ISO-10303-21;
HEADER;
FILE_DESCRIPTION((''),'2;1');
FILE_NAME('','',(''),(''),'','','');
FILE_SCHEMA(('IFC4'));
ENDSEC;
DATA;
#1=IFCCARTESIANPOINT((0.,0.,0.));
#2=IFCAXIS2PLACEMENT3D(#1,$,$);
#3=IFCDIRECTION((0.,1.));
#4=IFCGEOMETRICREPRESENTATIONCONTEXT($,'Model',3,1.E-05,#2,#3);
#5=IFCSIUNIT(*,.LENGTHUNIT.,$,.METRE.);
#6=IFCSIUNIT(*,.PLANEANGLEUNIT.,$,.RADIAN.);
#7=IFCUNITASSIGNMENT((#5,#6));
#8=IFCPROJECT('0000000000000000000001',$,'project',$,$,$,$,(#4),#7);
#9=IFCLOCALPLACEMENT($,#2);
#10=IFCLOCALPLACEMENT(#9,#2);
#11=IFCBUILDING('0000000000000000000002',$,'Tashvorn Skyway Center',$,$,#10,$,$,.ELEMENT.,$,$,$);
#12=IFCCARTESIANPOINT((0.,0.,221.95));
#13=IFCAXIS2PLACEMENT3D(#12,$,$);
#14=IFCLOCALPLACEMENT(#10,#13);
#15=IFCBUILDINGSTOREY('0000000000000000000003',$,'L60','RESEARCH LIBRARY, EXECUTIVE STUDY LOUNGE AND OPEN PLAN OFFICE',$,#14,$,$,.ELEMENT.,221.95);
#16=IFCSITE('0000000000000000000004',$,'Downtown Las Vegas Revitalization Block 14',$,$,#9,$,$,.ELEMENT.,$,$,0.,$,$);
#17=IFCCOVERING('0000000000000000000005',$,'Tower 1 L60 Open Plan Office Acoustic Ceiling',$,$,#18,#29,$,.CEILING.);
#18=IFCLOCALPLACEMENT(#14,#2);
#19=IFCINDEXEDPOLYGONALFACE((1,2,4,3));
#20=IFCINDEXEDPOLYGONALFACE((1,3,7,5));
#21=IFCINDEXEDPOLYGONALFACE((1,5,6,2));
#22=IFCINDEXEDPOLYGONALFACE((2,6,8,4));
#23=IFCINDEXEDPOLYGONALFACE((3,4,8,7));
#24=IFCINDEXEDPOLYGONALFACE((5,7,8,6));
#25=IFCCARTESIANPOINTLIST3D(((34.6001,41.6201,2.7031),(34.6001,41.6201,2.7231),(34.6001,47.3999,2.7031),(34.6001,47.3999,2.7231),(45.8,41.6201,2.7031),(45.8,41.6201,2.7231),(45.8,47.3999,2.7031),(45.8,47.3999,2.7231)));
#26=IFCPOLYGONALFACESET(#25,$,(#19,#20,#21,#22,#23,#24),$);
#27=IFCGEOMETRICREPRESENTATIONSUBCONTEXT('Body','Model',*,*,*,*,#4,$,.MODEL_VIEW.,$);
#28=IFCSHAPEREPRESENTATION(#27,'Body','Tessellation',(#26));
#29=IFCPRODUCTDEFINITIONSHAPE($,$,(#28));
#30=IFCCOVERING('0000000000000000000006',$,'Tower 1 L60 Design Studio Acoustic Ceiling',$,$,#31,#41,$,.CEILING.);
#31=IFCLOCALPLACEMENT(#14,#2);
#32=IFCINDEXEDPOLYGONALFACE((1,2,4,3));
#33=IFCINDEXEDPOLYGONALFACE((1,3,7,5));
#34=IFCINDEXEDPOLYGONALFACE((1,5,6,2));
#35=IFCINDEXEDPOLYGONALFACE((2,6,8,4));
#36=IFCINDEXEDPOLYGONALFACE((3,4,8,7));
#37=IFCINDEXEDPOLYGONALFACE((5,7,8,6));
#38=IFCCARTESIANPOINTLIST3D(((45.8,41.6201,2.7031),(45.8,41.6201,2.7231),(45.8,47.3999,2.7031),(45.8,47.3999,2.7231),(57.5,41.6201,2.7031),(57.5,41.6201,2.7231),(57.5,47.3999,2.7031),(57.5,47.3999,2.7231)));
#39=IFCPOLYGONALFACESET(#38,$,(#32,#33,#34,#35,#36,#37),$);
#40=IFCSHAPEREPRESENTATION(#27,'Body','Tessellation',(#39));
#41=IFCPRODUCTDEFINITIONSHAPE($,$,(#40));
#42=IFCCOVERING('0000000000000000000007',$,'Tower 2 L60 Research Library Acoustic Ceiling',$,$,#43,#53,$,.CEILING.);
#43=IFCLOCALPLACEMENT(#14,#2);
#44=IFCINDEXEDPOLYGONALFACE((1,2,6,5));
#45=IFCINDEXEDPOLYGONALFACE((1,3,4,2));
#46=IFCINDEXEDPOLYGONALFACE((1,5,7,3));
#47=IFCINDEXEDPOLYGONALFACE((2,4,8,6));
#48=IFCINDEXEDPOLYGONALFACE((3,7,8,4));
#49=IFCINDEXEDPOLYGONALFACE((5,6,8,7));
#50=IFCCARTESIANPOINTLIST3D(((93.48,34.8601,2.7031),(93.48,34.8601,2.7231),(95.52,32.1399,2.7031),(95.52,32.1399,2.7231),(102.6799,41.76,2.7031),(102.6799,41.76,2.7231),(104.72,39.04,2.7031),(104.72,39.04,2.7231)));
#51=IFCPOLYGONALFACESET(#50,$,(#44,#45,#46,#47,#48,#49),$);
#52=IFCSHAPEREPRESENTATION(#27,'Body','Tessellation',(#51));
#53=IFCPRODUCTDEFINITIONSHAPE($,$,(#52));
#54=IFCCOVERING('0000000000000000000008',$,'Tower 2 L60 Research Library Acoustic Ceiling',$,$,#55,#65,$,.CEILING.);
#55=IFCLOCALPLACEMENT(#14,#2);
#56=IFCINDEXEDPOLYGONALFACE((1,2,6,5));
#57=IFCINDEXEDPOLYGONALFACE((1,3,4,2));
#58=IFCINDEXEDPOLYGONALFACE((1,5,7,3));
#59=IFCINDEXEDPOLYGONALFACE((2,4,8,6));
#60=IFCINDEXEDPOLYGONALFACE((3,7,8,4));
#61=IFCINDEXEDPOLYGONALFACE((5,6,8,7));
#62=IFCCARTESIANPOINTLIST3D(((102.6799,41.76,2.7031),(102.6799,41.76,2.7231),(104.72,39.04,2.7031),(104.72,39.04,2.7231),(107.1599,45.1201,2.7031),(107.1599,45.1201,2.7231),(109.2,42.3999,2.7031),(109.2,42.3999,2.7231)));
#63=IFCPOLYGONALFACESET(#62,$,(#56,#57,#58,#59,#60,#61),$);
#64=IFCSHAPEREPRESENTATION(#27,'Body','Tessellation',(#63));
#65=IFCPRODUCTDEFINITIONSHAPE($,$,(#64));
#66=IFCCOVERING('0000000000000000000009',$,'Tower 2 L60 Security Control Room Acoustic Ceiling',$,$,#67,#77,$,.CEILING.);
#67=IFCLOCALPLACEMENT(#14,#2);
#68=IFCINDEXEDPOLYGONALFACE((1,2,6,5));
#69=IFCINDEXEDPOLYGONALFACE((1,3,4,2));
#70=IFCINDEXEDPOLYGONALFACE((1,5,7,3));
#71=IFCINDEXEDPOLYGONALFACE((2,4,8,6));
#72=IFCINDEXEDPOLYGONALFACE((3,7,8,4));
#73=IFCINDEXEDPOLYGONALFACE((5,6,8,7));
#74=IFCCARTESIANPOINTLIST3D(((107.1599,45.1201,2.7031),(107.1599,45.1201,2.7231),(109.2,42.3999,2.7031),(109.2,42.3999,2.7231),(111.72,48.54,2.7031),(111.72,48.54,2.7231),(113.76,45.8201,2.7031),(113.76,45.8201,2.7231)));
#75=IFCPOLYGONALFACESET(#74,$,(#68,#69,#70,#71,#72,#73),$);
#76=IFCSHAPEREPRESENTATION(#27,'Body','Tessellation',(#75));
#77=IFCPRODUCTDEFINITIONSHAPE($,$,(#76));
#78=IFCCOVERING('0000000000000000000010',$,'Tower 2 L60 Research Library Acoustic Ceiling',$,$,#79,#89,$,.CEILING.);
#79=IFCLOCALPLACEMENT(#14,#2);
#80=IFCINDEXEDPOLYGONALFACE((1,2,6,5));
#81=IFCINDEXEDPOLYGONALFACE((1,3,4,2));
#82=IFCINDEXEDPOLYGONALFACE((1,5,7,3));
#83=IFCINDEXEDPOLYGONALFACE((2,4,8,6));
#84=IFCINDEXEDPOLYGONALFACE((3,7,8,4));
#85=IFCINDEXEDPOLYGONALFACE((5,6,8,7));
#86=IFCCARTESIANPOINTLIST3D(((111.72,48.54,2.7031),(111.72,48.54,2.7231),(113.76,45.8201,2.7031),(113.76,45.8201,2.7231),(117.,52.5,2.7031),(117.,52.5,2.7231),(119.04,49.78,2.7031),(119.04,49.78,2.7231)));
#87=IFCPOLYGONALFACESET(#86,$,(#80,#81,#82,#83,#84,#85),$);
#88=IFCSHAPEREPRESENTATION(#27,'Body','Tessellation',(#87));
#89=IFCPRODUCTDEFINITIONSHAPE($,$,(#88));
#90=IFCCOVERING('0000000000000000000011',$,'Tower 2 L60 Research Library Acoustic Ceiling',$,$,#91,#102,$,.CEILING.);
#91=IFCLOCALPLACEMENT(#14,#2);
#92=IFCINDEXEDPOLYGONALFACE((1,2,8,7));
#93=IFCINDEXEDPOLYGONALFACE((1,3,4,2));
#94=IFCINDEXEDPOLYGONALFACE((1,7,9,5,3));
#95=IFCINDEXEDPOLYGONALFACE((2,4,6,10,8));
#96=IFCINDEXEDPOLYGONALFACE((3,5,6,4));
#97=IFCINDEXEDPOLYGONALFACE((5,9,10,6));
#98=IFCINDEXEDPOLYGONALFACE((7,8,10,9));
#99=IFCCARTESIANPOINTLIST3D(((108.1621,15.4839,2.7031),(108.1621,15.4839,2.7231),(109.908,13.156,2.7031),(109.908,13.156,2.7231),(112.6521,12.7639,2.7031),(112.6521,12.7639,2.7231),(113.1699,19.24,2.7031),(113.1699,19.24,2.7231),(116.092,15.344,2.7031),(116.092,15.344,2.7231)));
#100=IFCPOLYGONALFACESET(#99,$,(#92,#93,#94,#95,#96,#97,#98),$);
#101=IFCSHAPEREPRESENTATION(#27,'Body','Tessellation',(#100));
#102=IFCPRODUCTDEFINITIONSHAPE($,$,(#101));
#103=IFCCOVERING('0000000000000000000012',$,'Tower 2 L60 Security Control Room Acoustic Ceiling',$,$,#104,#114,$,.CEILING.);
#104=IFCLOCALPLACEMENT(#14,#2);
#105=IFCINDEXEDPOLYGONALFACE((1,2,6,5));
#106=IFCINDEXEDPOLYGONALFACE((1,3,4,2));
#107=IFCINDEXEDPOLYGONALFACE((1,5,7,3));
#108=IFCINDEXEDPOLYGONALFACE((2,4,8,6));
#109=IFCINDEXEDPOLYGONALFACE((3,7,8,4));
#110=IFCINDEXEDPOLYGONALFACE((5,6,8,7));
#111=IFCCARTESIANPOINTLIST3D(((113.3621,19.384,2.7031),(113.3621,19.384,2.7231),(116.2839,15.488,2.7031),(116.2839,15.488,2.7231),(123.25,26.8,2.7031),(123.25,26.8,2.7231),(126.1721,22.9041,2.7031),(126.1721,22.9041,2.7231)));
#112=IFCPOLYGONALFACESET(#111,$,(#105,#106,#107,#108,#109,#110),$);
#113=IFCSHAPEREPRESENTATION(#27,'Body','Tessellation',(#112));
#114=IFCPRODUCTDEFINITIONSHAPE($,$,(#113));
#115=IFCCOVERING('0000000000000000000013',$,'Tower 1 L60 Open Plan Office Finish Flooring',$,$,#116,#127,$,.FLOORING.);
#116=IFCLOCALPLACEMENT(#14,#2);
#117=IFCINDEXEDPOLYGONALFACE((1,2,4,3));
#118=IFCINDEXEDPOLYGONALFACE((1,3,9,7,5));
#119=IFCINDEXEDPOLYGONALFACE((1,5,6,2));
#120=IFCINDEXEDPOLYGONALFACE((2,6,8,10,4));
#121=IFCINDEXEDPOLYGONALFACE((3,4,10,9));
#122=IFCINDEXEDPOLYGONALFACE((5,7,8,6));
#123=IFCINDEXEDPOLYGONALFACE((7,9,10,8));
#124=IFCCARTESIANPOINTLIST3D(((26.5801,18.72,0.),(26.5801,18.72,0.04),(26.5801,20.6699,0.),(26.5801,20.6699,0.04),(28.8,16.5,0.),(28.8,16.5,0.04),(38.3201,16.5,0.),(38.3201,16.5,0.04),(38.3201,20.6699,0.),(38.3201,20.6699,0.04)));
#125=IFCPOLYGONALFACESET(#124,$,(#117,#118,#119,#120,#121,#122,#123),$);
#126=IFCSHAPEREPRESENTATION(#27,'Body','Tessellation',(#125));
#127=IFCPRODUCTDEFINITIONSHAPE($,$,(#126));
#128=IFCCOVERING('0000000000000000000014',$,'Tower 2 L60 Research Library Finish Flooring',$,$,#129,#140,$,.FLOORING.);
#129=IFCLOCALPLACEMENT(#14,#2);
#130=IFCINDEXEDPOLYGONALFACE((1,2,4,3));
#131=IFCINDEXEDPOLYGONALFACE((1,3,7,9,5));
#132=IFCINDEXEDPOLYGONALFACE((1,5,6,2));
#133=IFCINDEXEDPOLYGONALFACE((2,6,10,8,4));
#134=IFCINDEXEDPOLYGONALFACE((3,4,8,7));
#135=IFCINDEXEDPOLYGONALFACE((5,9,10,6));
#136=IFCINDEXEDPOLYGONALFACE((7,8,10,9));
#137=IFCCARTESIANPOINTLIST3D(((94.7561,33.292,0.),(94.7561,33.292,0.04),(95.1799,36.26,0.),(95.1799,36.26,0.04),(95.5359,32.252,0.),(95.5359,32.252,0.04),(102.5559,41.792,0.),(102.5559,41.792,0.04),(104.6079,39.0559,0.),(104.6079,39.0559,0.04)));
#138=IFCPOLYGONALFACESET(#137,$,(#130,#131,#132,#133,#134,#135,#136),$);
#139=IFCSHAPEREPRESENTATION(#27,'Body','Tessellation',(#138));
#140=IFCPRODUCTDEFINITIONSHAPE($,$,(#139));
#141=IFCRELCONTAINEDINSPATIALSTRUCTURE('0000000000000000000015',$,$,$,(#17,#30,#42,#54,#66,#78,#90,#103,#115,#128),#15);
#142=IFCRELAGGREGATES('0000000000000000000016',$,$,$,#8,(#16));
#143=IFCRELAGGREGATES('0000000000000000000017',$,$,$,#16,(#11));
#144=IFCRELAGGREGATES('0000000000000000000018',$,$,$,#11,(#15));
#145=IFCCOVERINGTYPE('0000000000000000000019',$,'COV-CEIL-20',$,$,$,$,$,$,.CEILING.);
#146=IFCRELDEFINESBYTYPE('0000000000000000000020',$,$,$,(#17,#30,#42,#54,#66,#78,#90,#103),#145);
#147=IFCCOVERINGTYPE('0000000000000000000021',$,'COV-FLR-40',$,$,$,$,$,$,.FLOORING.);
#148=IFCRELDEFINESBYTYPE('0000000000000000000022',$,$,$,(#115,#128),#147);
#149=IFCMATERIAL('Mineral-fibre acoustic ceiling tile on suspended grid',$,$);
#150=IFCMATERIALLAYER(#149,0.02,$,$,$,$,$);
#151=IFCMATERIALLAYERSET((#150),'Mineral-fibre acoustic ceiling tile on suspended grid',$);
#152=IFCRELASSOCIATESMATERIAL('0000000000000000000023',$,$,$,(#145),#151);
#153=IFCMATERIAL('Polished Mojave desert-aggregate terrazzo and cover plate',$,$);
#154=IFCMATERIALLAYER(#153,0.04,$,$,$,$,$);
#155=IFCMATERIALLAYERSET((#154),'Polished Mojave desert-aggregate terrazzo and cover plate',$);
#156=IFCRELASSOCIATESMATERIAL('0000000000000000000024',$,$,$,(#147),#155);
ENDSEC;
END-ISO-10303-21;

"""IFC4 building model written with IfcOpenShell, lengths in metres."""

from ifc_helpers import new_model, si_unit, direction, frame, origin, place, context, subcontext, project, spatial, polyline, outline, extrude, material, layer, layer_set, type_object, element, save


model = new_model("IFC4")

# Units and contexts
model_context = context("Model", 3, precision=1e-05, world=origin(), true_north=direction((0.0, 1.0)))
body_context = subcontext(model_context, "Body", "Model", "MODEL_VIEW")
ifc_project = project(units=[si_unit("LENGTHUNIT", "METRE"), si_unit("PLANEANGLEUNIT", "RADIAN")], contexts=[model_context])

# Site, building, storey
site_placement = place(None, origin())
site = spatial("IfcSite", under=ifc_project, at=site_placement, Name="Downtown Las Vegas Revitalization Block 14", CompositionType="ELEMENT", RefElevation=0.0)
building_placement = place(site_placement, origin())
building = spatial("IfcBuilding", under=site, at=building_placement, Name="Tashvorn Skyway Center", CompositionType="ELEMENT")
storey_placement = place(building_placement, frame((0.0, 0.0, 221.95)))
storey = spatial("IfcBuildingStorey", under=building, at=storey_placement, Name="L60", Description="RESEARCH LIBRARY, EXECUTIVE STUDY LOUNGE AND OPEN PLAN OFFICE", CompositionType="ELEMENT", Elevation=221.95)

# Coverings
ifc_material_1 = material(Name="Mineral-fibre acoustic ceiling tile on suspended grid")
ifc_layer_1 = layer(ifc_material_1, 0.02)
ifc_layer_set_1 = layer_set([ifc_layer_1], Name="Mineral-fibre acoustic ceiling tile on suspended grid")
covering_type_1 = type_object("IfcCoveringType", Name="COV-CEIL-20", PredefinedType="CEILING", material=ifc_layer_set_1)
covering_1_placement = place(storey_placement, frame((0.0, 0.0, 2.7031)))
element("IfcCovering", 1, at=covering_1_placement, inside=storey, type_object=covering_type_1, Name="Tower 1 L60 Open Plan Office Acoustic Ceiling", PredefinedType="CEILING", context=body_context, shape_type="SweptSolid", body=[
    extrude(outline(polyline([(34.6001, 41.6201), (45.8, 41.6201), (45.8, 47.3999), (34.6001, 47.3999), (34.6001, 41.6201)])), origin(), (0.0, 0.0, 1.0), 0.02),
])
covering_2_placement = place(storey_placement, frame((0.0, 0.0, 2.7031)))
element("IfcCovering", 2, at=covering_2_placement, inside=storey, type_object=covering_type_1, Name="Tower 1 L60 Design Studio Acoustic Ceiling", PredefinedType="CEILING", context=body_context, shape_type="SweptSolid", body=[
    extrude(outline(polyline([(45.8, 41.6201), (57.5, 41.6201), (57.5, 47.3999), (45.8, 47.3999), (45.8, 41.6201)])), origin(), (0.0, 0.0, 1.0), 0.02),
])
covering_3_placement = place(storey_placement, frame((0.0, 0.0, 2.7031)))
element("IfcCovering", 3, at=covering_3_placement, inside=storey, type_object=covering_type_1, Name="Tower 2 L60 Research Library Acoustic Ceiling", PredefinedType="CEILING", context=body_context, shape_type="SweptSolid", body=[
    extrude(outline(polyline([(95.52, 32.1399), (104.72, 39.04), (102.6799, 41.76), (93.48, 34.8601), (95.52, 32.1399)])), origin(), (0.0, 0.0, 1.0), 0.02),
])
covering_4_placement = place(storey_placement, frame((0.0, 0.0, 2.7031)))
element("IfcCovering", 4, at=covering_4_placement, inside=storey, type_object=covering_type_1, Name="Tower 2 L60 Research Library Acoustic Ceiling", PredefinedType="CEILING", context=body_context, shape_type="SweptSolid", body=[
    extrude(outline(polyline([(104.72, 39.04), (109.2, 42.3999), (107.1599, 45.1201), (102.6799, 41.76), (104.72, 39.04)])), origin(), (0.0, 0.0, 1.0), 0.02),
])
covering_5_placement = place(storey_placement, frame((0.0, 0.0, 2.7031)))
element("IfcCovering", 5, at=covering_5_placement, inside=storey, type_object=covering_type_1, Name="Tower 2 L60 Security Control Room Acoustic Ceiling", PredefinedType="CEILING", context=body_context, shape_type="SweptSolid", body=[
    extrude(outline(polyline([(109.2, 42.3999), (113.76, 45.8201), (111.72, 48.54), (107.1599, 45.1201), (109.2, 42.3999)])), origin(), (0.0, 0.0, 1.0), 0.02),
])
covering_6_placement = place(storey_placement, frame((0.0, 0.0, 2.7031)))
element("IfcCovering", 6, at=covering_6_placement, inside=storey, type_object=covering_type_1, Name="Tower 2 L60 Research Library Acoustic Ceiling", PredefinedType="CEILING", context=body_context, shape_type="SweptSolid", body=[
    extrude(outline(polyline([(113.76, 45.8201), (119.04, 49.78), (117.0, 52.5), (111.72, 48.54), (113.76, 45.8201)])), origin(), (0.0, 0.0, 1.0), 0.02),
])
covering_7_placement = place(storey_placement, frame((0.0, 0.0, 2.7031)))
element("IfcCovering", 7, at=covering_7_placement, inside=storey, type_object=covering_type_1, Name="Tower 2 L60 Research Library Acoustic Ceiling", PredefinedType="CEILING", context=body_context, shape_type="SweptSolid", body=[
    extrude(outline(polyline([(108.1621, 15.4839), (113.1699, 19.24), (116.092, 15.344), (112.6521, 12.7639), (109.908, 13.156), (108.1621, 15.4839)])), origin(), (0.0, 0.0, 1.0), 0.02),
])
covering_8_placement = place(storey_placement, frame((0.0, 0.0, 2.7031)))
element("IfcCovering", 8, at=covering_8_placement, inside=storey, type_object=covering_type_1, Name="Tower 2 L60 Security Control Room Acoustic Ceiling", PredefinedType="CEILING", context=body_context, shape_type="SweptSolid", body=[
    extrude(outline(polyline([(113.3621, 19.384), (123.25, 26.8), (126.1721, 22.9041), (116.2839, 15.488), (113.3621, 19.384)])), origin(), (0.0, 0.0, 1.0), 0.02),
])
ifc_material_2 = material(Name="Polished Mojave desert-aggregate terrazzo and cover plate")
ifc_layer_2 = layer(ifc_material_2, 0.04)
ifc_layer_set_2 = layer_set([ifc_layer_2], Name="Polished Mojave desert-aggregate terrazzo and cover plate")
covering_type_2 = type_object("IfcCoveringType", Name="COV-FLR-40", PredefinedType="FLOORING", material=ifc_layer_set_2)
covering_9_placement = place(storey_placement, origin())
element("IfcCovering", 9, at=covering_9_placement, inside=storey, type_object=covering_type_2, Name="Tower 1 L60 Open Plan Office Finish Flooring", PredefinedType="FLOORING", context=body_context, shape_type="SweptSolid", body=[
    extrude(outline(polyline([(28.8, 16.5), (26.5801, 18.72), (26.5801, 20.6699), (38.3201, 20.6699), (38.3201, 16.5), (28.8, 16.5)])), origin(), (0.0, 0.0, 1.0), 0.04),
])
covering_10_placement = place(storey_placement, origin())
element("IfcCovering", 10, at=covering_10_placement, inside=storey, type_object=covering_type_2, Name="Tower 2 L60 Research Library Finish Flooring", PredefinedType="FLOORING", context=body_context, shape_type="SweptSolid", body=[
    extrude(outline(polyline([(104.6079, 39.0559), (95.5359, 32.252), (94.7561, 33.292), (95.1799, 36.26), (102.5559, 41.792), (104.6079, 39.0559)])), origin(), (0.0, 0.0, 1.0), 0.04),
])

save(model, "model.ifc")
